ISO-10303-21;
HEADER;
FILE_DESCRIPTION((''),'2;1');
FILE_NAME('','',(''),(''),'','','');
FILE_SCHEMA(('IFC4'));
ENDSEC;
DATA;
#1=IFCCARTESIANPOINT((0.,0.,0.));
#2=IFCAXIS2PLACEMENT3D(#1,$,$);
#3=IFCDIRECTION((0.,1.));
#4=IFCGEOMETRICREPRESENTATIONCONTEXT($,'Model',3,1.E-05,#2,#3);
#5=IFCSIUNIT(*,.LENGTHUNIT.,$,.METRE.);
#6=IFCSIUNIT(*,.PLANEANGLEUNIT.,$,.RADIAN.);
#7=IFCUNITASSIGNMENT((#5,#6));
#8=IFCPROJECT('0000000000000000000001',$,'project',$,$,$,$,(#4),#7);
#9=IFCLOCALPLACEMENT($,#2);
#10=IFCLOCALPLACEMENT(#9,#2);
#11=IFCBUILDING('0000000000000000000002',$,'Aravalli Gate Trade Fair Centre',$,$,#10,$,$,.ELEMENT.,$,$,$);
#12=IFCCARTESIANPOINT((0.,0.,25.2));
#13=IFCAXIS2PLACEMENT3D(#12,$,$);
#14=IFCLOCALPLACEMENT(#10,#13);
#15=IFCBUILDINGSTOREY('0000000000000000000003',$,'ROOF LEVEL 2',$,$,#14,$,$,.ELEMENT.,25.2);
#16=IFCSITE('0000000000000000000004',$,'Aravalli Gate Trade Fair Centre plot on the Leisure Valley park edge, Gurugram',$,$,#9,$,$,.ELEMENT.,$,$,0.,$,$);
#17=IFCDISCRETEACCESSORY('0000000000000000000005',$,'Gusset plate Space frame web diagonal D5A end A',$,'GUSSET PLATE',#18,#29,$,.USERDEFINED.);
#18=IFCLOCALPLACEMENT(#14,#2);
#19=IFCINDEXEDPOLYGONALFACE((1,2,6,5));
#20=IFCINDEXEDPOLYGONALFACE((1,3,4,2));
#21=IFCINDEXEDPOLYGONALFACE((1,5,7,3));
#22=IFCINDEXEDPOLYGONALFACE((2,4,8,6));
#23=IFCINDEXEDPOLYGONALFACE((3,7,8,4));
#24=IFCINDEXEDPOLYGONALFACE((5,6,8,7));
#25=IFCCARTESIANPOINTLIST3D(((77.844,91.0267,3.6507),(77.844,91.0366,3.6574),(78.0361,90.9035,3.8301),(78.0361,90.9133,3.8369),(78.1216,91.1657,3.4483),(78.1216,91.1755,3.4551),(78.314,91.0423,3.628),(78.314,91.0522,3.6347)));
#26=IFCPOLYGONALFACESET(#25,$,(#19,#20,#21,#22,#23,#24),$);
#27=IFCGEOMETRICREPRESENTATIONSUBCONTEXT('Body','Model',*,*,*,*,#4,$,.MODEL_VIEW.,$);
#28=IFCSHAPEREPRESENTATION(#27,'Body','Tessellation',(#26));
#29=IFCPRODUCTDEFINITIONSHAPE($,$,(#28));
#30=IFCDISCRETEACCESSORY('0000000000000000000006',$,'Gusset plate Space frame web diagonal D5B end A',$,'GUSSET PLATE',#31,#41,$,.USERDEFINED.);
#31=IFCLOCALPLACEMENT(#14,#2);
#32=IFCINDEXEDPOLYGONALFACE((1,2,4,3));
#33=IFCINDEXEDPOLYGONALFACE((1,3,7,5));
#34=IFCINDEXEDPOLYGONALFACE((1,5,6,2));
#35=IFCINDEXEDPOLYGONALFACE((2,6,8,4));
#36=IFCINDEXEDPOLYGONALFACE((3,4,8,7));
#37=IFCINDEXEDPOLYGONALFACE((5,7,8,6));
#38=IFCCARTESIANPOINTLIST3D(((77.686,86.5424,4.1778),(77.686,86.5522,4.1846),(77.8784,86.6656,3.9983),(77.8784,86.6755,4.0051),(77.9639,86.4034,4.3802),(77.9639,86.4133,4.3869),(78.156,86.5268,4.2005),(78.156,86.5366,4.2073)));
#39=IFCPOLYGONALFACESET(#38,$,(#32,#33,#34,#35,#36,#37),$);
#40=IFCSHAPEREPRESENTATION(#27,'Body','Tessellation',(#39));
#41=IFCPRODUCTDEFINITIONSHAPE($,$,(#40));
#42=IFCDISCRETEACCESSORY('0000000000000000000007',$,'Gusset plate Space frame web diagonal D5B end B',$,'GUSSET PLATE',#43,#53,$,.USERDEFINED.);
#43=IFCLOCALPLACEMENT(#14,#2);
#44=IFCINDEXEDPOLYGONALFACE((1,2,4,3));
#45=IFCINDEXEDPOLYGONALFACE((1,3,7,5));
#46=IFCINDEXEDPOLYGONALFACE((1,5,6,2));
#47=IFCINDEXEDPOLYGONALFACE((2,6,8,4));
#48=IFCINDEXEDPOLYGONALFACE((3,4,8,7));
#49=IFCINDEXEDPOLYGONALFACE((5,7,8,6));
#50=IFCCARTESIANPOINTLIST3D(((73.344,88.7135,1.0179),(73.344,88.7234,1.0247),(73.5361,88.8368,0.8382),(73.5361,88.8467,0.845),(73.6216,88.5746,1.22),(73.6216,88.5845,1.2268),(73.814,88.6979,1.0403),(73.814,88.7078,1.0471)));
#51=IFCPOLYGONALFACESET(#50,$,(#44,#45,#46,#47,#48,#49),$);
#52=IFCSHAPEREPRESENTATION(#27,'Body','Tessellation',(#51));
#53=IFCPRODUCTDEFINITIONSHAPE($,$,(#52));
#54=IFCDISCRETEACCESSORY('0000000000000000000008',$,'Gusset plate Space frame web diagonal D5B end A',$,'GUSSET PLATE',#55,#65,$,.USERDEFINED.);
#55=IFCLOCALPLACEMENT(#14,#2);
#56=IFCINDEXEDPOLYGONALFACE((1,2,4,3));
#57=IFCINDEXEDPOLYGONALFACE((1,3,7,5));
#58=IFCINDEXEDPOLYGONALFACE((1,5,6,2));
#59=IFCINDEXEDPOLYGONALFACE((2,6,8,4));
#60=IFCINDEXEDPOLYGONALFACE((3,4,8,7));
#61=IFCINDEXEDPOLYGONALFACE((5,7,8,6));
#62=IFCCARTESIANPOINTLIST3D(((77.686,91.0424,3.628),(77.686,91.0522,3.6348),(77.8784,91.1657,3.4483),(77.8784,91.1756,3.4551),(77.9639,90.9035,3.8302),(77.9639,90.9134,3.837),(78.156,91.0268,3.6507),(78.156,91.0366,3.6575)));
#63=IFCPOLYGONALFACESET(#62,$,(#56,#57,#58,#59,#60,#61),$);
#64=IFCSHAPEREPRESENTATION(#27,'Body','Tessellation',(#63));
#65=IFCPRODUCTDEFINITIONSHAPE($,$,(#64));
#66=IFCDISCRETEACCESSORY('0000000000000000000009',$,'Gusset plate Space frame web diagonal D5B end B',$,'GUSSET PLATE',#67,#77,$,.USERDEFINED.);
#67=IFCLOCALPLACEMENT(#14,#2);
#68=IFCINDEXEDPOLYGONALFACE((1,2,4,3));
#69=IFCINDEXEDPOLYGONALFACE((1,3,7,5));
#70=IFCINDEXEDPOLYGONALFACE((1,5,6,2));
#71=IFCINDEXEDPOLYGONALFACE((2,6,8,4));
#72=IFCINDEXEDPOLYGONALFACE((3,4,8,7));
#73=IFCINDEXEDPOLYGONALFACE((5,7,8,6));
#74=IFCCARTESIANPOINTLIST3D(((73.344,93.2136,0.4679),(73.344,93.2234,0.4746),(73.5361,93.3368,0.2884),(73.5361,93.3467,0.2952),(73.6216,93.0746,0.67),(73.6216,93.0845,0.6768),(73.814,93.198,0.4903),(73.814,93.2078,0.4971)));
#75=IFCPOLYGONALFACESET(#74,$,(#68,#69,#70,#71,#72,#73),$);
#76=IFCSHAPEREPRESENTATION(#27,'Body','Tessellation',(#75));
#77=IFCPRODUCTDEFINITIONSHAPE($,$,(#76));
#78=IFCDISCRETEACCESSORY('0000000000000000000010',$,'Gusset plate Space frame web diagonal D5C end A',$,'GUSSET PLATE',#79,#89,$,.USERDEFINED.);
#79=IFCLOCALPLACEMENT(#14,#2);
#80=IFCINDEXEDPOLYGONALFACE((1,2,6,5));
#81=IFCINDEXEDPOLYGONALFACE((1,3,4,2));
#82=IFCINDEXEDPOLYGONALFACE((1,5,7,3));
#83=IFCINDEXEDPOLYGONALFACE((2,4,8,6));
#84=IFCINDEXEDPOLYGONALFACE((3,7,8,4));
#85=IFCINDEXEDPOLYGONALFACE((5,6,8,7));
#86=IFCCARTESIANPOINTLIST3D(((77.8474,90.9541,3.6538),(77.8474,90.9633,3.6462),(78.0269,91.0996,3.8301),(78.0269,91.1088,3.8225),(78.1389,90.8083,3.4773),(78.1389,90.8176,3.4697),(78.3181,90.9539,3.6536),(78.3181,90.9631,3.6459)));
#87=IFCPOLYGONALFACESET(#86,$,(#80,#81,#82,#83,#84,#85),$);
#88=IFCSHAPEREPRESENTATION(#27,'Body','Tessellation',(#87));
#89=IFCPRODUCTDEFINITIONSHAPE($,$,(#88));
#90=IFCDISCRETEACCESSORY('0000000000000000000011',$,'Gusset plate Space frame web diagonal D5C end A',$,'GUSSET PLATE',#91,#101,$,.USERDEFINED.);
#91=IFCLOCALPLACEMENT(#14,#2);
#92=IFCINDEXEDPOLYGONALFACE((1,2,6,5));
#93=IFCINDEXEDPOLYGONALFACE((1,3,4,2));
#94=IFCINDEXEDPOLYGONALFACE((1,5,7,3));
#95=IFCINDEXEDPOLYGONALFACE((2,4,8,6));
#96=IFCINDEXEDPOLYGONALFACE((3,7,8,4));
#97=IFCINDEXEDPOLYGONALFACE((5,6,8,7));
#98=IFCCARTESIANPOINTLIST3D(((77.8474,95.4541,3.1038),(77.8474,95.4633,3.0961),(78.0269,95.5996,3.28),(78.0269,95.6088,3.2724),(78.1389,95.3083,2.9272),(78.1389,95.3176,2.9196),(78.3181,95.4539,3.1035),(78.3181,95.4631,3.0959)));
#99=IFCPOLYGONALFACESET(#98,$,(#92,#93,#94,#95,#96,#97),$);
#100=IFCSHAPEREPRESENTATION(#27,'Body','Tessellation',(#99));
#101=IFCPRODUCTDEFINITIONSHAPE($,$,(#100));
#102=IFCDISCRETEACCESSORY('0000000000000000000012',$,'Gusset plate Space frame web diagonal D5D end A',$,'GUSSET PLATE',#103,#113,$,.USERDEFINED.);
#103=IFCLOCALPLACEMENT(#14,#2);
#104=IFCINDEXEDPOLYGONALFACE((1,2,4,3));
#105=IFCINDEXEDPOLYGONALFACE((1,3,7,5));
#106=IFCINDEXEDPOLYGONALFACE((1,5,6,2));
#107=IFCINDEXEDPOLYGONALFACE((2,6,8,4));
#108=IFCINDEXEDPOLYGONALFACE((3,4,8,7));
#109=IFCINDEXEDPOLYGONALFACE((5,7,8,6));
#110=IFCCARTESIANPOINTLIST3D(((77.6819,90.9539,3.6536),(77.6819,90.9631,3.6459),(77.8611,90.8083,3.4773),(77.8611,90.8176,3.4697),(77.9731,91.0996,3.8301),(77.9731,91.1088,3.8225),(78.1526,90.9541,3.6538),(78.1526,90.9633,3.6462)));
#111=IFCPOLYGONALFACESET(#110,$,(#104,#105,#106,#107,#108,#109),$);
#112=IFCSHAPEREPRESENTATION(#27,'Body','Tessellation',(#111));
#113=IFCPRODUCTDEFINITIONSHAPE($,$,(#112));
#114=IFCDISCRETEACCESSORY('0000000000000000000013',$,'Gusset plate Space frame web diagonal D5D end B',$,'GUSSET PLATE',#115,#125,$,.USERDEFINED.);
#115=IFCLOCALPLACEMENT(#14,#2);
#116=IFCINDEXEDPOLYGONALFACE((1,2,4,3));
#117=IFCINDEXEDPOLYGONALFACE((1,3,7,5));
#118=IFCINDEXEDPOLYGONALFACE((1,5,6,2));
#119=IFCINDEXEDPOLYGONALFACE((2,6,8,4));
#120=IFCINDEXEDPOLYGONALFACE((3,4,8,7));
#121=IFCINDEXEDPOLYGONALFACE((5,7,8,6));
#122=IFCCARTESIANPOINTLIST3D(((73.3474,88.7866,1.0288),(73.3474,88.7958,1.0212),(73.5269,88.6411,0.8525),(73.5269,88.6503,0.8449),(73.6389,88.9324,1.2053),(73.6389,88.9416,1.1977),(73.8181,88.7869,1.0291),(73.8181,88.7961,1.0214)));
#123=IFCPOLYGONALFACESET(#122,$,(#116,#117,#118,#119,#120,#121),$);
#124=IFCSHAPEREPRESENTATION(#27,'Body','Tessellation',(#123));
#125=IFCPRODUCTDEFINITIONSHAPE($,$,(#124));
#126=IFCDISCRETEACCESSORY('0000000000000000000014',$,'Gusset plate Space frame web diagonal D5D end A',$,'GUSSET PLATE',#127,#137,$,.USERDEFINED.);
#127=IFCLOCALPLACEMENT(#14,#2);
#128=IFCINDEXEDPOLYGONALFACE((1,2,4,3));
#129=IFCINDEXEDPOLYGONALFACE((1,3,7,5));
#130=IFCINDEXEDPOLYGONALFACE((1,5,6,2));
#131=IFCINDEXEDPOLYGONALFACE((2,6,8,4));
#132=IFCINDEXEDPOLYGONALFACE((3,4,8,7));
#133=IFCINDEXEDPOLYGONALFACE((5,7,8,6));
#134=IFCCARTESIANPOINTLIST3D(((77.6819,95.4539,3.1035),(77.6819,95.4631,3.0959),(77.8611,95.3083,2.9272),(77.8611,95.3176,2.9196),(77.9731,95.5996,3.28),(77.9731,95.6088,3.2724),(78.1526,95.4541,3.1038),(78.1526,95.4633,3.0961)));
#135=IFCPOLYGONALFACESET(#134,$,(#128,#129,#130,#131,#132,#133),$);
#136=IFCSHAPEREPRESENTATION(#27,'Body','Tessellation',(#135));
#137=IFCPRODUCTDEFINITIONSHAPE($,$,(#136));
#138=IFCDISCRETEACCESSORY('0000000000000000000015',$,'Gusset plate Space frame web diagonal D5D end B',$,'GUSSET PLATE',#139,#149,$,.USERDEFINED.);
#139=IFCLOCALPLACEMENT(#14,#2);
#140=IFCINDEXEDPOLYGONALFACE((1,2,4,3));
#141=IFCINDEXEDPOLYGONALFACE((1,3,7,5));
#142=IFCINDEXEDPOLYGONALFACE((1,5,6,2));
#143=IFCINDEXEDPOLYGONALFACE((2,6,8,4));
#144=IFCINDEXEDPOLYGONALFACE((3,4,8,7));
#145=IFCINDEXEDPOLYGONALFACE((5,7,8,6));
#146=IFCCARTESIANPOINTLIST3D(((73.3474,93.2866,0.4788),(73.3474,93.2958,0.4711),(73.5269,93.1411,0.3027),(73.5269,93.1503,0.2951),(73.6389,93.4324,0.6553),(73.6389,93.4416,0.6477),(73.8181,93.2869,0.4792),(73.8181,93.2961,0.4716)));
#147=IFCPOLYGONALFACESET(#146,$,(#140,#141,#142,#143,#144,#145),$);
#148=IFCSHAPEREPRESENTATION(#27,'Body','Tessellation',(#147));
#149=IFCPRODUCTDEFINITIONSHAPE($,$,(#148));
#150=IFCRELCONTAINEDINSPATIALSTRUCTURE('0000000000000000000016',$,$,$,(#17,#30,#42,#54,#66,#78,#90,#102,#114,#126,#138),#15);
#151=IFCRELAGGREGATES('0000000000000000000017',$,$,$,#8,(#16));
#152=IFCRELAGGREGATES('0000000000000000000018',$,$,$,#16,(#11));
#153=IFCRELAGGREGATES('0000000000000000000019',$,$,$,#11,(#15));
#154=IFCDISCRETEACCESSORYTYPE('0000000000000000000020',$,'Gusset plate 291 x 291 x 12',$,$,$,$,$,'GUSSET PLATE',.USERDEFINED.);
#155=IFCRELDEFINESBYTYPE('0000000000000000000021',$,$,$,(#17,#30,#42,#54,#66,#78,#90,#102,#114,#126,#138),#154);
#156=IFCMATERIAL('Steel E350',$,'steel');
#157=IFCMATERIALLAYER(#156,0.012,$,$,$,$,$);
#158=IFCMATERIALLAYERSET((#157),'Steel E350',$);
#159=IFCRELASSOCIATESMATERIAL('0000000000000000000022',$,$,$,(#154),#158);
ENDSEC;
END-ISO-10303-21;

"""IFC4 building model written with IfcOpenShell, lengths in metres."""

from ifc_helpers import new_model, si_unit, direction, frame, origin, place, context, subcontext, project, spatial, polyline, outline, extrude, material, layer, layer_set, type_object, element, save


model = new_model("IFC4")

# Units and contexts
model_context = context("Model", 3, precision=1e-05, world=origin(), true_north=direction((0.0, 1.0)))
body_context = subcontext(model_context, "Body", "Model", "MODEL_VIEW")
ifc_project = project(units=[si_unit("LENGTHUNIT", "METRE"), si_unit("PLANEANGLEUNIT", "RADIAN")], contexts=[model_context])

# Site, building, storey
site_placement = place(None, origin())
site = spatial("IfcSite", under=ifc_project, at=site_placement, Name="Aravalli Gate Trade Fair Centre plot on the Leisure Valley park edge, Gurugram", CompositionType="ELEMENT", RefElevation=0.0)
building_placement = place(site_placement, origin())
building = spatial("IfcBuilding", under=site, at=building_placement, Name="Aravalli Gate Trade Fair Centre", CompositionType="ELEMENT")
storey_placement = place(building_placement, frame((0.0, 0.0, 25.2)))
storey = spatial("IfcBuildingStorey", under=building, at=storey_placement, Name="ROOF LEVEL 2", CompositionType="ELEMENT", Elevation=25.2)

# Shared definitions
ifc_material_1 = material(Name="Steel E350", Category="steel")

# Discrete accessories
ifc_layer_1 = layer(ifc_material_1, 0.012)
ifc_layer_set_1 = layer_set([ifc_layer_1], Name="Steel E350")
discrete_accessory_type = type_object("IfcDiscreteAccessoryType", Name="Gusset plate 291 x 291 x 12", ElementType="GUSSET PLATE", PredefinedType="USERDEFINED", material=ifc_layer_set_1)
discrete_accessory_1_placement = place(storey_placement, frame((78.1216, 91.1755, 3.4551), z_axis=(-0.000059, 0.824356, 0.566072), x_axis=(-0.749102, -0.375034, 0.546073)))
element("IfcDiscreteAccessory", 1, at=discrete_accessory_1_placement, inside=storey, type_object=discrete_accessory_type, Name="Gusset plate Space frame web diagonal D5A end A", ObjectType="GUSSET PLATE", PredefinedType="USERDEFINED", context=body_context, shape_type="SweptSolid", body=[
    extrude(outline(polyline([(0.0, 0.0), (0.3706, 0.0), (0.3709, 0.2904), (0.0002, 0.2907), (0.0, 0.0)])), origin(), (0.0, 0.0, -1.0), 0.012),
])
discrete_accessory_2_placement = place(storey_placement, frame((77.686, 86.5522, 4.1846), z_axis=(0.000059, 0.824356, 0.566072), x_axis=(0.749391, -0.374849, 0.545804)))
element("IfcDiscreteAccessory", 2, at=discrete_accessory_2_placement, inside=storey, type_object=discrete_accessory_type, Name="Gusset plate Space frame web diagonal D5B end A", ObjectType="GUSSET PLATE", PredefinedType="USERDEFINED", context=body_context, shape_type="SweptSolid", body=[
    extrude(outline(polyline([(0.0, 0.0), (0.3707, 0.0), (0.3704, 0.2905), (0.0, 0.2905), (0.0, 0.0)])), origin(), (0.0, 0.0, -1.0), 0.012),
])
discrete_accessory_3_placement = place(storey_placement, frame((73.6216, 88.5845, 1.2268), z_axis=(0.000356, 0.824387, 0.566027), x_axis=(-0.749371, 0.375015, -0.545716)))
element("IfcDiscreteAccessory", 3, at=discrete_accessory_3_placement, inside=storey, type_object=discrete_accessory_type, Name="Gusset plate Space frame web diagonal D5B end B", ObjectType="GUSSET PLATE", PredefinedType="USERDEFINED", context=body_context, shape_type="SweptSolid", body=[
    extrude(outline(polyline([(0.0, 0.0), (0.3704, 0.0), (0.3707, -0.2905), (0.0001, -0.2907), (0.0, 0.0)])), origin(), (0.0, 0.0, -1.0), 0.012),
])
discrete_accessory_4_placement = place(storey_placement, frame((77.686, 91.0522, 3.6348), z_axis=(0.000059, 0.824356, 0.566072), x_axis=(0.74966, -0.374676, 0.545552)))
element("IfcDiscreteAccessory", 4, at=discrete_accessory_4_placement, inside=storey, type_object=discrete_accessory_type, Name="Gusset plate Space frame web diagonal D5B end A", ObjectType="GUSSET PLATE", PredefinedType="USERDEFINED", context=body_context, shape_type="SweptSolid", body=[
    extrude(outline(polyline([(0.0, 0.0), (0.3706, 0.0), (0.3706, 0.2904), (0.0, 0.2907), (0.0, 0.0)])), origin(), (0.0, 0.0, -1.0), 0.012),
])
discrete_accessory_5_placement = place(storey_placement, frame((73.6216, 93.0845, 0.6768), z_axis=(0.000339, 0.824216, 0.566276), x_axis=(-0.749371, 0.375169, -0.545611)))
element("IfcDiscreteAccessory", 5, at=discrete_accessory_5_placement, inside=storey, type_object=discrete_accessory_type, Name="Gusset plate Space frame web diagonal D5B end B", ObjectType="GUSSET PLATE", PredefinedType="USERDEFINED", context=body_context, shape_type="SweptSolid", body=[
    extrude(outline(polyline([(0.0, 0.0), (0.3704, 0.0), (0.3706, -0.2904), (0.0001, -0.2907), (0.0, 0.0)])), origin(), (0.0, 0.0, -1.0), 0.012),
])
for number, where, z_axis, x_axis, name in (
    (6, (78.1389, 90.8083, 3.4773), (-0.00007, -0.771155, 0.636648), (-0.786484, 0.393242, 0.476238), "Gusset plate Space frame web diagonal D5C end A"),
    (7, (78.1389, 95.3083, 2.9272), (-0.00007, -0.771155, 0.636648), (-0.786484, 0.393242, 0.476238), "Gusset plate Space frame web diagonal D5C end A"),
):
    element("IfcDiscreteAccessory", number, at=place(storey_placement, frame(where, z_axis=z_axis, x_axis=x_axis)), inside=storey, type_object=discrete_accessory_type, Name=name, ObjectType="GUSSET PLATE", PredefinedType="USERDEFINED", context=body_context, shape_type="SweptSolid", body=[
        extrude(outline(polyline([(0.0, 0.0), (0.3706, 0.0), (0.3707, -0.2906), (0.0002, -0.2904), (0.0, 0.0)])), origin(), (0.0, 0.0, -1.0), 0.012),
    ])
discrete_accessory_6_placement = place(storey_placement, frame((77.6819, 90.9539, 3.6536), z_axis=(0.00007, -0.771155, 0.636648), x_axis=(0.786233, 0.393446, 0.476485)))
element("IfcDiscreteAccessory", 8, at=discrete_accessory_6_placement, inside=storey, type_object=discrete_accessory_type, Name="Gusset plate Space frame web diagonal D5D end A", ObjectType="GUSSET PLATE", PredefinedType="USERDEFINED", context=body_context, shape_type="SweptSolid", body=[
    extrude(outline(polyline([(0.0, 0.0), (0.3704, 0.0), (0.3703, -0.2906), (-0.0003, -0.2904), (0.0, 0.0)])), origin(), (0.0, 0.0, -1.0), 0.012),
])
discrete_accessory_7_placement = place(storey_placement, frame((73.6389, 88.9324, 1.2053), z_axis=(0.00007, -0.771155, 0.636648), x_axis=(-0.786484, -0.393242, -0.476238)))
element("IfcDiscreteAccessory", 9, at=discrete_accessory_7_placement, inside=storey, type_object=discrete_accessory_type, Name="Gusset plate Space frame web diagonal D5D end B", ObjectType="GUSSET PLATE", PredefinedType="USERDEFINED", context=body_context, shape_type="SweptSolid", body=[
    extrude(outline(polyline([(0.0, 0.0), (0.3706, 0.0), (0.3707, 0.2906), (0.0002, 0.2904), (0.0, 0.0)])), origin(), (0.0, 0.0, -1.0), 0.012),
])
discrete_accessory_8_placement = place(storey_placement, frame((77.6819, 95.4539, 3.1035), z_axis=(0.00007, -0.771155, 0.636648), x_axis=(0.786233, 0.393446, 0.476485)))
element("IfcDiscreteAccessory", 10, at=discrete_accessory_8_placement, inside=storey, type_object=discrete_accessory_type, Name="Gusset plate Space frame web diagonal D5D end A", ObjectType="GUSSET PLATE", PredefinedType="USERDEFINED", context=body_context, shape_type="SweptSolid", body=[
    extrude(outline(polyline([(0.0, 0.0), (0.3704, 0.0), (0.3703, -0.2906), (-0.0003, -0.2904), (0.0, 0.0)])), origin(), (0.0, 0.0, -1.0), 0.012),
])
discrete_accessory_9_placement = place(storey_placement, frame((73.6389, 93.4324, 0.6553), z_axis=(-0.000261, -0.770887, 0.636972), x_axis=(-0.786484, -0.393242, -0.476238)))
element("IfcDiscreteAccessory", 11, at=discrete_accessory_9_placement, inside=storey, type_object=discrete_accessory_type, Name="Gusset plate Space frame web diagonal D5D end B", ObjectType="GUSSET PLATE", PredefinedType="USERDEFINED", context=body_context, shape_type="SweptSolid", body=[
    extrude(outline(polyline([(0.0, 0.0), (0.3706, 0.0), (0.3706, 0.2904), (0.0001, 0.2903), (0.0, 0.0)])), origin(), (0.0, 0.0, -1.0), 0.012),
])

save(model, "model.ifc")
